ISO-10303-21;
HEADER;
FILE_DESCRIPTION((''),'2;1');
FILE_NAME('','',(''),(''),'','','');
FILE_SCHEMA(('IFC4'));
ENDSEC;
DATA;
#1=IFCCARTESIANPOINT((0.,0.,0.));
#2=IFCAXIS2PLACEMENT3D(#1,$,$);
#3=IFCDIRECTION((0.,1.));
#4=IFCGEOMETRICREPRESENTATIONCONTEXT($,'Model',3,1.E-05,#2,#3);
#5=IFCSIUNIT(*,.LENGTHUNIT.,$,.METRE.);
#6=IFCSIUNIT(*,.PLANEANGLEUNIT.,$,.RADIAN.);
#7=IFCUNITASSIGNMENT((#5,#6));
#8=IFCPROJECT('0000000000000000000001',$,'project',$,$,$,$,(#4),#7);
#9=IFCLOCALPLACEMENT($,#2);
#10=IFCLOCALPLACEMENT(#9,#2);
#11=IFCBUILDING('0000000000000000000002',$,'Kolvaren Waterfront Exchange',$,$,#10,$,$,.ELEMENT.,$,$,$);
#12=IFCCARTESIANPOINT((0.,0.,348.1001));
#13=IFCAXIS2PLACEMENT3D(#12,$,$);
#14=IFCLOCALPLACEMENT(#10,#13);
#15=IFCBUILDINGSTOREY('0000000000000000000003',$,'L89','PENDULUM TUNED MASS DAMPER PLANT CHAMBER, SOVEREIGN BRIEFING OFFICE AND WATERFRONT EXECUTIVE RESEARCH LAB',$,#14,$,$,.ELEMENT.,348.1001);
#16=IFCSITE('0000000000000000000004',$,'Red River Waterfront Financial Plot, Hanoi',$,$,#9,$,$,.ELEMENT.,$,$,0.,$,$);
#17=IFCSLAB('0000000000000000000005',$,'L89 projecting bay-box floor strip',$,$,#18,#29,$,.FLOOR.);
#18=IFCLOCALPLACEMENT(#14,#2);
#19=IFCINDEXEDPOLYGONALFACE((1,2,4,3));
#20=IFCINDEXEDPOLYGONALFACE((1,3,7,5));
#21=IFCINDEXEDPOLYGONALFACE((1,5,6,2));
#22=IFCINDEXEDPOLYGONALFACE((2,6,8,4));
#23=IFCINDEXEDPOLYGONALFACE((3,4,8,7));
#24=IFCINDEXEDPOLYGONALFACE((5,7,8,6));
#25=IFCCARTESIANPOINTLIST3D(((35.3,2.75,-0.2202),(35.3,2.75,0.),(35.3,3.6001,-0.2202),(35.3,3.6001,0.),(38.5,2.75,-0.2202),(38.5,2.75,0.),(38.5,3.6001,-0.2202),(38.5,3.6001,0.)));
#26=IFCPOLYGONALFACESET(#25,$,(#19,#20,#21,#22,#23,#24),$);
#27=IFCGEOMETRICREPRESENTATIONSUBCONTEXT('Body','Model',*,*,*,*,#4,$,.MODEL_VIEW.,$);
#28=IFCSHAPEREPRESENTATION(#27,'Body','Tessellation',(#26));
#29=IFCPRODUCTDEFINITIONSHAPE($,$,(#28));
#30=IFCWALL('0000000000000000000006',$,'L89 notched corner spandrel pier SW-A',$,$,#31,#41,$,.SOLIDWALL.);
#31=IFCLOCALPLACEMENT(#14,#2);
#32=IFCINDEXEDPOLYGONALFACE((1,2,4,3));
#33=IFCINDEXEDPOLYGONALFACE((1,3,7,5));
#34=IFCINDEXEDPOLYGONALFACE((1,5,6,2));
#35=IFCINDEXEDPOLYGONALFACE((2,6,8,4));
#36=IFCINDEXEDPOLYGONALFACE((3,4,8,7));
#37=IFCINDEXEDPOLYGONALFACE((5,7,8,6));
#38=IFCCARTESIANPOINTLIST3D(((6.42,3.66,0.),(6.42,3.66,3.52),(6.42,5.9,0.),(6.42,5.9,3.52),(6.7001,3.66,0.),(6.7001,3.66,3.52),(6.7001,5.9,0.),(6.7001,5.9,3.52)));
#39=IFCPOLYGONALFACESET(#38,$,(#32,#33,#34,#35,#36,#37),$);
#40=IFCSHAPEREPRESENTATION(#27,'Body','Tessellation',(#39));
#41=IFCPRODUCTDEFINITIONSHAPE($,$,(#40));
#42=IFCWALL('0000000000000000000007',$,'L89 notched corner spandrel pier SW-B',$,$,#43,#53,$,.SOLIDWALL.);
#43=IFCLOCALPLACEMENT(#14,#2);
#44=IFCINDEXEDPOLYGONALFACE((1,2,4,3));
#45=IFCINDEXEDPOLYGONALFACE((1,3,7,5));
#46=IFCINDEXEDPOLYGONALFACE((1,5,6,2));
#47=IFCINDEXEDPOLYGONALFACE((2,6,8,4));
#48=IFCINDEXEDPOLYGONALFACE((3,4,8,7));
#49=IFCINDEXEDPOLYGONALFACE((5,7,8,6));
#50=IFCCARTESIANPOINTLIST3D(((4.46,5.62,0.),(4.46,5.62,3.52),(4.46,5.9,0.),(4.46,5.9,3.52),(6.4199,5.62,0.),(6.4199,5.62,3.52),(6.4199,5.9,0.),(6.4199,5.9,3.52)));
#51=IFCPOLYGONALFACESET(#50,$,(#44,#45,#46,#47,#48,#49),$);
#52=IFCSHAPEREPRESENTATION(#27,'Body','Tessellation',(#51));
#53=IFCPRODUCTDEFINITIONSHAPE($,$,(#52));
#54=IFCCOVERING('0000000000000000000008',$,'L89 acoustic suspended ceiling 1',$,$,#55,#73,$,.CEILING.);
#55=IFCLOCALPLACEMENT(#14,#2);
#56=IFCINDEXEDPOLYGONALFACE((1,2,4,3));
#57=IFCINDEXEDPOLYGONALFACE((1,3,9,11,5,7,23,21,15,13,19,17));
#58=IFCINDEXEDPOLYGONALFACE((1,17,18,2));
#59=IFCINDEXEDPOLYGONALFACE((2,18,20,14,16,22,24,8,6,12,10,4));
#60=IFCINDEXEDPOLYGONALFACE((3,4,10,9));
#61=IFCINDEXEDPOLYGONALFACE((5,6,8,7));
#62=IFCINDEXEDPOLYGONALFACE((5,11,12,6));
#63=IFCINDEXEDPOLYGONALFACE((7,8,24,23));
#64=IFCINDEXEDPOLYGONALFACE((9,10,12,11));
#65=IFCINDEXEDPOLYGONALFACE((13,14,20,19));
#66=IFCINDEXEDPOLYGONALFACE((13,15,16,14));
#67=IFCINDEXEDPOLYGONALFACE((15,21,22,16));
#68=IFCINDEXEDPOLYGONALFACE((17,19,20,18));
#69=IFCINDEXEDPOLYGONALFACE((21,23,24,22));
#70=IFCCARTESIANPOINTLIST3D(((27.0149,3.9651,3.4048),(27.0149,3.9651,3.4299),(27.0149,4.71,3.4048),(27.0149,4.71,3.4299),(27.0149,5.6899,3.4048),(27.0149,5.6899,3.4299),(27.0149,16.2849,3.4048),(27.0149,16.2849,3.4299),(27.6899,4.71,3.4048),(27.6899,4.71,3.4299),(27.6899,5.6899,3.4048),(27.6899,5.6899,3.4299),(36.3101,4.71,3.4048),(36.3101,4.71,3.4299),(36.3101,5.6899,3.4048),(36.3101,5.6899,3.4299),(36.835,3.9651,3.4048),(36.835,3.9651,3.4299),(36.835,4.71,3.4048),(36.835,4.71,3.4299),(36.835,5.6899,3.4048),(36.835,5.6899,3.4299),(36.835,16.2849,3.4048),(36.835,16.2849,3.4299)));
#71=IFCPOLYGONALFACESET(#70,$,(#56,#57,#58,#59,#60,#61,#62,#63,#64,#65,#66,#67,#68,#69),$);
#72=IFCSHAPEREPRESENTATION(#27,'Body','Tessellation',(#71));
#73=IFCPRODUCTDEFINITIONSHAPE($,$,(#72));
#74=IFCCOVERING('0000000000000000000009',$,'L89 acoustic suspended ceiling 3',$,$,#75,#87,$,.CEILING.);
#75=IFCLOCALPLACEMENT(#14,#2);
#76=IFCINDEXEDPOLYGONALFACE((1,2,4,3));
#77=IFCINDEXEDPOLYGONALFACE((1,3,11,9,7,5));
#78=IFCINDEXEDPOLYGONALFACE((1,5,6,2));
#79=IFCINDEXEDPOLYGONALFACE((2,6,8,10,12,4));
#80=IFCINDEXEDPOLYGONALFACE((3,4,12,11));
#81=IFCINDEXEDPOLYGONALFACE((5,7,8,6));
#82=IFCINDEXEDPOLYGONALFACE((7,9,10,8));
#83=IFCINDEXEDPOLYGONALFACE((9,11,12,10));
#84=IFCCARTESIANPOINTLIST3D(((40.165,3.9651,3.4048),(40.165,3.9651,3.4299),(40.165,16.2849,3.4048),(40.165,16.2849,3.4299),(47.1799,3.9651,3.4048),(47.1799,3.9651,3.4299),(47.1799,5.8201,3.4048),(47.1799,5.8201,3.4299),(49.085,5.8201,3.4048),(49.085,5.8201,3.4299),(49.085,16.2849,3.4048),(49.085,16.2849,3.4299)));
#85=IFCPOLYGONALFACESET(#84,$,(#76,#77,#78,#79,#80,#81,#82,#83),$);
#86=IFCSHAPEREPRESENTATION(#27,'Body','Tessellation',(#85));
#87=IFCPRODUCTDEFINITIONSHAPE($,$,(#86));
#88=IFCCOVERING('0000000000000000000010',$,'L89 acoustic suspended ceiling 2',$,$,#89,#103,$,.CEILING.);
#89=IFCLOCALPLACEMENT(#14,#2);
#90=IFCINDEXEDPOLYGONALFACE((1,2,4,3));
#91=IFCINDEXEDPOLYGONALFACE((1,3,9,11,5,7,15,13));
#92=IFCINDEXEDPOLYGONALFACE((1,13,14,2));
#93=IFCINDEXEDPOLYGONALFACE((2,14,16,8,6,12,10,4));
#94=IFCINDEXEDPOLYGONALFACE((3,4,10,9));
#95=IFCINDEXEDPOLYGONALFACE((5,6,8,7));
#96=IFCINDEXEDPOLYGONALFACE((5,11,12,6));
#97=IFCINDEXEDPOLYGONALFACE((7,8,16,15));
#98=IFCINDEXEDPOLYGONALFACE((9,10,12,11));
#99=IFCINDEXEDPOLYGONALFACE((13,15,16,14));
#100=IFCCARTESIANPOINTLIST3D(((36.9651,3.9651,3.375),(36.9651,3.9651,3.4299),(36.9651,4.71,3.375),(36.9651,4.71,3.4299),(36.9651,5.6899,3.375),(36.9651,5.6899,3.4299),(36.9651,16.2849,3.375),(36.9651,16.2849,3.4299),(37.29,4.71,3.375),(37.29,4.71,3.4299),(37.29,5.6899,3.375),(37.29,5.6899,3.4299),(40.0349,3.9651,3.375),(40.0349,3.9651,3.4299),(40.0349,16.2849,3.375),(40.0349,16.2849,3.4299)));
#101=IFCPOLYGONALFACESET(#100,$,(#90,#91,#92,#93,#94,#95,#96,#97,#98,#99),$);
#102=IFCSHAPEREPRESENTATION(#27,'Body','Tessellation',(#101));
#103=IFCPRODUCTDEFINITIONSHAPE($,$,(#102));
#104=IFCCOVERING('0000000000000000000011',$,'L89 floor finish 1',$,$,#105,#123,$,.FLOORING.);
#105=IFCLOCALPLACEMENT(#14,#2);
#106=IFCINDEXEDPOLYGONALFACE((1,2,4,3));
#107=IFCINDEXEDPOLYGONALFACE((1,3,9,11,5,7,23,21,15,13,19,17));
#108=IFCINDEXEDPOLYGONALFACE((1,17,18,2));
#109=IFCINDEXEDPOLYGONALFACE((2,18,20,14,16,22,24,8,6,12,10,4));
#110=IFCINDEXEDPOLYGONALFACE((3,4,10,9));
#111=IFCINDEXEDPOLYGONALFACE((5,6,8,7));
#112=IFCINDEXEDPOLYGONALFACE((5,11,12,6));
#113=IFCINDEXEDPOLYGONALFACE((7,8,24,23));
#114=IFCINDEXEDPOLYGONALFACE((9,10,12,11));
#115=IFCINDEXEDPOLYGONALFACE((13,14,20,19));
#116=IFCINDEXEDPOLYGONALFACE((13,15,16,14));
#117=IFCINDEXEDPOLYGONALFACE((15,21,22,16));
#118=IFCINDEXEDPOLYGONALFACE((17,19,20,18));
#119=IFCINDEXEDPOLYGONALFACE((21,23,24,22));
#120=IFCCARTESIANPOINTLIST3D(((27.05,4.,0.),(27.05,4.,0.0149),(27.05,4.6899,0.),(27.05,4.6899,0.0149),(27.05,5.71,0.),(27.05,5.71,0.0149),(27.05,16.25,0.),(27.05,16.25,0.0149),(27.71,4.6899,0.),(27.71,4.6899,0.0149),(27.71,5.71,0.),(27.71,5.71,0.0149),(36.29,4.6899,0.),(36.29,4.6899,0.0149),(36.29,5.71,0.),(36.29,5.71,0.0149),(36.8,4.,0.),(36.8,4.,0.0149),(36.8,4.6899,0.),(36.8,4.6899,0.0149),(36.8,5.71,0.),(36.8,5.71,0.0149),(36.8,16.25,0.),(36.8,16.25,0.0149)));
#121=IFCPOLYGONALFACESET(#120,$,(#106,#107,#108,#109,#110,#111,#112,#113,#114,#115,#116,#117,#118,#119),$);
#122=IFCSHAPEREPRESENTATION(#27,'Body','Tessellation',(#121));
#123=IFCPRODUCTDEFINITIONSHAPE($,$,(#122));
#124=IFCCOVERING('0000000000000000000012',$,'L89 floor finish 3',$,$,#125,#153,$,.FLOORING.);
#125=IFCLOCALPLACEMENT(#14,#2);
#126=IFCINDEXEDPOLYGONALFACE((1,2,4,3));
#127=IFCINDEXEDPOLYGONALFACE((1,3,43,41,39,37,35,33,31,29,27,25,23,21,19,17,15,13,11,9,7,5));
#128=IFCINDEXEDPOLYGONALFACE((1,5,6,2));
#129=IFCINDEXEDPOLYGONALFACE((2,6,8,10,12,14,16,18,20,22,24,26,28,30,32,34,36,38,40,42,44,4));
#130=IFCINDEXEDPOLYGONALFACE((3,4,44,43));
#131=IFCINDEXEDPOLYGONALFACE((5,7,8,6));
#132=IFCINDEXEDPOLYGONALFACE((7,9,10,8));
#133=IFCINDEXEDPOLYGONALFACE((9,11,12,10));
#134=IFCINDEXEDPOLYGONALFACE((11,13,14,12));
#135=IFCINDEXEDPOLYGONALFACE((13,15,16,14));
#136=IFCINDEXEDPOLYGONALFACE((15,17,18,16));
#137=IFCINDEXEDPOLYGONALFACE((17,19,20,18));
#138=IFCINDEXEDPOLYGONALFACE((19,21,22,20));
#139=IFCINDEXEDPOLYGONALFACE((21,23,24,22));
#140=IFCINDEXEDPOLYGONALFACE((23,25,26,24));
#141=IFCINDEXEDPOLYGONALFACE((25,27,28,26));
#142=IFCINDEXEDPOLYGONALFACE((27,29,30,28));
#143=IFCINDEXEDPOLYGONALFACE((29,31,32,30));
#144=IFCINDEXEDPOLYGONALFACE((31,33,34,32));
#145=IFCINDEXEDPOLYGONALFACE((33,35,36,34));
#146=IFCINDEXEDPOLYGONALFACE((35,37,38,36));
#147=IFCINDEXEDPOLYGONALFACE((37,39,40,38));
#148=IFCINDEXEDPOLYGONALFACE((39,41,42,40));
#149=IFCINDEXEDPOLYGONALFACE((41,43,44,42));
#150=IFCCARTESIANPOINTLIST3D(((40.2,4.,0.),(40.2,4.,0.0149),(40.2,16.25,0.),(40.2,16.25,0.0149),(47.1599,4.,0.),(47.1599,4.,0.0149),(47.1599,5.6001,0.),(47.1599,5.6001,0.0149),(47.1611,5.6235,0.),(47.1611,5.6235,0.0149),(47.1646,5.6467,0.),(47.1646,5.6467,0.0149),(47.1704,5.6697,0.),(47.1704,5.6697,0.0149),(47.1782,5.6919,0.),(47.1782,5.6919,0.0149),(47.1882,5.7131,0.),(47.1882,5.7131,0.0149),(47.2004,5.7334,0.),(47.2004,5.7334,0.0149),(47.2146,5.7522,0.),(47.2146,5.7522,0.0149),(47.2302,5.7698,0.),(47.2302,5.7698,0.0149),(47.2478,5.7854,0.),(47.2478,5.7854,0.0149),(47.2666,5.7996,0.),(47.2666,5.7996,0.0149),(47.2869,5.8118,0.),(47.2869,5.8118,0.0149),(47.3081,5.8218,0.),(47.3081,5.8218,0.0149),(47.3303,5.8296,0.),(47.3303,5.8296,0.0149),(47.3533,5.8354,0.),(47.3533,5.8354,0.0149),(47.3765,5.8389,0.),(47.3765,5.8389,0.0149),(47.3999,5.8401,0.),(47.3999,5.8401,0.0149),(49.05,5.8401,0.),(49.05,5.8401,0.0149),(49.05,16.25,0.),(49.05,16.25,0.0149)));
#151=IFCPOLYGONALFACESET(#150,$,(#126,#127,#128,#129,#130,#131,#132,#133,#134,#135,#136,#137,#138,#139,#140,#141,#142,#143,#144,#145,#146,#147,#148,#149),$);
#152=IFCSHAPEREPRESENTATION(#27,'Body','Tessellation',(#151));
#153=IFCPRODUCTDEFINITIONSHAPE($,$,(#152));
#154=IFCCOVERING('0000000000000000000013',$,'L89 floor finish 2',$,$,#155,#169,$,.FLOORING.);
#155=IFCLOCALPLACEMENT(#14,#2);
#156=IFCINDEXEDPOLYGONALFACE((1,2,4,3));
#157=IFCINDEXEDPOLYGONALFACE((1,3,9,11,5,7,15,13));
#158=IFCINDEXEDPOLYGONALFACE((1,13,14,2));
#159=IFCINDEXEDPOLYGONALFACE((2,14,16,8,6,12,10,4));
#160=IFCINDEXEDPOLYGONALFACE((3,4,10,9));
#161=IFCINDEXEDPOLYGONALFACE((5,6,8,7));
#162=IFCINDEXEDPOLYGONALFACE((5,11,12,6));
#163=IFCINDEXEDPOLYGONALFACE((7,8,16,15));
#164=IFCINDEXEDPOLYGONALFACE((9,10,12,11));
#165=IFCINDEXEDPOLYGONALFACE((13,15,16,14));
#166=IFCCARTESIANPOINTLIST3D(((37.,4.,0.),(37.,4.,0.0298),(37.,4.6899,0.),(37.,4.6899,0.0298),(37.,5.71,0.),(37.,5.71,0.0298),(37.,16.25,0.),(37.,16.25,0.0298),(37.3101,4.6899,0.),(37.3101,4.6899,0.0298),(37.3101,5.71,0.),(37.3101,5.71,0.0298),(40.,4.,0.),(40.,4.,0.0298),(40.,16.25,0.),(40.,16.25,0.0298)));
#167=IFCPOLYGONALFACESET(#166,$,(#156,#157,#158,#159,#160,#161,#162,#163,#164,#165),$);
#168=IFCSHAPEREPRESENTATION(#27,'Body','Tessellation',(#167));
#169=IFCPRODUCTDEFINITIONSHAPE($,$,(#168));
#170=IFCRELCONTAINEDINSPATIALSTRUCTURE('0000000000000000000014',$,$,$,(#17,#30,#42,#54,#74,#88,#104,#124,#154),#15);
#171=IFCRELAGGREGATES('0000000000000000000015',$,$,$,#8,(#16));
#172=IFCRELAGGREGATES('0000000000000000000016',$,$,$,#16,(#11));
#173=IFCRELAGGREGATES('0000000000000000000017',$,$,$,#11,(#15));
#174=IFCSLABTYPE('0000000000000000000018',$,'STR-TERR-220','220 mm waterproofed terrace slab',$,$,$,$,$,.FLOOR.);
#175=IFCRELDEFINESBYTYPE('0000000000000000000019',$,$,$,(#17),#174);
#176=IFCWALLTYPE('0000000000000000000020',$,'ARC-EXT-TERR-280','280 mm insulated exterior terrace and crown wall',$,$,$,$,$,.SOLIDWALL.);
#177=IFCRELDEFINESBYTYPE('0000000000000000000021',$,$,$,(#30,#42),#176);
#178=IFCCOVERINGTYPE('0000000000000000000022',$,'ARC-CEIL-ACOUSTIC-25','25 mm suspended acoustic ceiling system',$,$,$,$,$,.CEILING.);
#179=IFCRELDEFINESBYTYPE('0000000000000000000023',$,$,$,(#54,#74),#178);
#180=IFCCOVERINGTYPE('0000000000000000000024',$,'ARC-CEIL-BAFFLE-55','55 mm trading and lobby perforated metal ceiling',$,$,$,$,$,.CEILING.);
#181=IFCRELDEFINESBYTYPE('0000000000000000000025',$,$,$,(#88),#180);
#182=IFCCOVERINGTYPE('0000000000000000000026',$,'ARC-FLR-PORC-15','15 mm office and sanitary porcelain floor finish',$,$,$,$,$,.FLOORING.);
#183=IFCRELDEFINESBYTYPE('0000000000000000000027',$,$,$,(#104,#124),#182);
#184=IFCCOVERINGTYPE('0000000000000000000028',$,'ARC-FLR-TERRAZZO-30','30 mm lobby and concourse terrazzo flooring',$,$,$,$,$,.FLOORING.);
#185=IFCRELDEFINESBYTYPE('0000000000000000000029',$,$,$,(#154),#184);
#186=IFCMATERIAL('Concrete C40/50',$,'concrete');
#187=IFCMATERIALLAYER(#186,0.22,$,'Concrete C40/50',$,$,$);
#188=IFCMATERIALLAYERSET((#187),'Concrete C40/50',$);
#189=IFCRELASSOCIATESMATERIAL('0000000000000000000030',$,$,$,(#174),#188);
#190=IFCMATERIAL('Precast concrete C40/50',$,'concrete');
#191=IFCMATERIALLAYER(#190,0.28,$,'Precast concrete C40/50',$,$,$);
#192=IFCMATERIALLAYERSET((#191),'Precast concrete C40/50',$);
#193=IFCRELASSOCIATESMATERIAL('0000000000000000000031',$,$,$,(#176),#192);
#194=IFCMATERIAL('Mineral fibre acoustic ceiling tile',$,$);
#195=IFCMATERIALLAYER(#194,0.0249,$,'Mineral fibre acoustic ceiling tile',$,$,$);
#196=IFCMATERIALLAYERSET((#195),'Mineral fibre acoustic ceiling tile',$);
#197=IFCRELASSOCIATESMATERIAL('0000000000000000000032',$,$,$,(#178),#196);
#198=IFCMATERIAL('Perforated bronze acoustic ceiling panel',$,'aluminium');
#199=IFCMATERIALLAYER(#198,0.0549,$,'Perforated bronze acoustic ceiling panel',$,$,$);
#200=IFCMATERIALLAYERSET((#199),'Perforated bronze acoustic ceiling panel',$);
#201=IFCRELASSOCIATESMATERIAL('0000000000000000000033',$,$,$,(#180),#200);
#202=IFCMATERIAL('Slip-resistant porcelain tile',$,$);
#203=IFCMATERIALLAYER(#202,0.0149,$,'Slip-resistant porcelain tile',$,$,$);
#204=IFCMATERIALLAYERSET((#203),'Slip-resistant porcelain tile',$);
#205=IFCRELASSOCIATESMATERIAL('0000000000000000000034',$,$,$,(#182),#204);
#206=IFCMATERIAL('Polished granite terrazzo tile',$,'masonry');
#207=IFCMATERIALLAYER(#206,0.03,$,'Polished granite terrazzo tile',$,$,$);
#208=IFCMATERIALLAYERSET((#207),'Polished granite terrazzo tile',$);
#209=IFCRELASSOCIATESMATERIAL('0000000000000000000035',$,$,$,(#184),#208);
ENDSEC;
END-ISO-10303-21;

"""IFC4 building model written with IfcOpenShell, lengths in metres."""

from ifc_helpers import new_model, si_unit, direction, frame, frame_2d, origin, place, context, subcontext, project, spatial, polyline, rectangle, outline, extrude, material, layer, layer_set, type_object, element, save


model = new_model("IFC4")

# Units and contexts
model_context = context("Model", 3, precision=1e-05, world=origin(), true_north=direction((0.0, 1.0)))
body_context = subcontext(model_context, "Body", "Model", "MODEL_VIEW")
ifc_project = project(units=[si_unit("LENGTHUNIT", "METRE"), si_unit("PLANEANGLEUNIT", "RADIAN")], contexts=[model_context])

# Site, building, storey
site_placement = place(None, origin())
site = spatial("IfcSite", under=ifc_project, at=site_placement, Name="Red River Waterfront Financial Plot, Hanoi", CompositionType="ELEMENT", RefElevation=0.0)
building_placement = place(site_placement, origin())
building = spatial("IfcBuilding", under=site, at=building_placement, Name="Kolvaren Waterfront Exchange", CompositionType="ELEMENT")
storey_placement = place(building_placement, frame((0.0, 0.0, 348.1001)))
storey = spatial("IfcBuildingStorey", under=building, at=storey_placement, Name="L89", Description="PENDULUM TUNED MASS DAMPER PLANT CHAMBER, SOVEREIGN BRIEFING OFFICE AND WATERFRONT EXECUTIVE RESEARCH LAB", CompositionType="ELEMENT", Elevation=348.1001)

# Shared definitions
ifc_material_1 = material(Name="Concrete C40/50", Category="concrete")

# Slab
ifc_layer_1 = layer(ifc_material_1, 0.22, Name="Concrete C40/50")
ifc_layer_set_1 = layer_set([ifc_layer_1], Name="Concrete C40/50")
slab_type_1 = type_object("IfcSlabType", Name="STR-TERR-220", Description="220 mm waterproofed terrace slab", PredefinedType="FLOOR", material=ifc_layer_set_1)
slab_1_placement = place(storey_placement, frame((0.0, 0.0, -0.2202)))
element("IfcSlab", 1, at=slab_1_placement, inside=storey, type_object=slab_type_1, Name="L89 projecting bay-box floor strip", PredefinedType="FLOOR", context=body_context, shape_type="SweptSolid", body=[
    extrude(outline(polyline([(35.3, 2.75), (38.5, 2.75), (38.5, 3.6001), (35.3, 3.6001), (35.3, 2.75)])), origin(), (0.0, 0.0, 1.0), 0.2202),
])

# Walls
ifc_material_2 = material(Name="Precast concrete C40/50", Category="concrete")
ifc_layer_2 = layer(ifc_material_2, 0.28, Name="Precast concrete C40/50")
ifc_layer_set_2 = layer_set([ifc_layer_2], Name="Precast concrete C40/50")
wall_type = type_object("IfcWallType", Name="ARC-EXT-TERR-280", Description="280 mm insulated exterior terrace and crown wall", PredefinedType="SOLIDWALL", material=ifc_layer_set_2)
wall_1_placement = place(storey_placement, frame((6.5601, 3.6599, 0.0), z_axis=(0.0, 0.0, 1.0), x_axis=(0.0, 1.0, 0.0)))
element("IfcWall", 2, at=wall_1_placement, inside=storey, type_object=wall_type, Name="L89 notched corner spandrel pier SW-A", PredefinedType="SOLIDWALL", context=body_context, shape_type="SweptSolid", body=[
    extrude(rectangle(XDim=2.24, YDim=0.28, at=frame_2d((1.1201, 0.0))), origin(), (0.0, 0.0, 1.0), 3.52),
])
wall_2_placement = place(storey_placement, frame((4.46, 5.76, 0.0), z_axis=(0.0, 0.0, 1.0), x_axis=(1.0, 0.0, 0.0)))
element("IfcWall", 3, at=wall_2_placement, inside=storey, type_object=wall_type, Name="L89 notched corner spandrel pier SW-B", PredefinedType="SOLIDWALL", context=body_context, shape_type="SweptSolid", body=[
    extrude(rectangle(XDim=1.96, YDim=0.28, at=frame_2d((0.98, 0.0))), origin(), (0.0, 0.0, 1.0), 3.52),
])

# Coverings
ifc_material_3 = material(Name="Mineral fibre acoustic ceiling tile")
ifc_layer_3 = layer(ifc_material_3, 0.0249, Name="Mineral fibre acoustic ceiling tile")
ifc_layer_set_3 = layer_set([ifc_layer_3], Name="Mineral fibre acoustic ceiling tile")
covering_type_1 = type_object("IfcCoveringType", Name="ARC-CEIL-ACOUSTIC-25", Description="25 mm suspended acoustic ceiling system", PredefinedType="CEILING", material=ifc_layer_set_3)
covering_1_placement = place(storey_placement, frame((0.0, 0.0, 3.4048)))
element("IfcCovering", 4, at=covering_1_placement, inside=storey, type_object=covering_type_1, Name="L89 acoustic suspended ceiling 1", PredefinedType="CEILING", context=body_context, shape_type="SweptSolid", body=[
    extrude(outline(polyline([(27.0149, 5.6899), (27.6899, 5.6899), (27.6899, 4.71), (27.0149, 4.71), (27.0149, 3.9651), (36.835, 3.9651), (36.835, 4.71), (36.3101, 4.71), (36.3101, 5.6899), (36.835, 5.6899), (36.835, 16.2849), (27.0149, 16.2849), (27.0149, 5.6899)])), origin(), (0.0, 0.0, 1.0), 0.0251),
])
covering_2_placement = place(storey_placement, frame((0.0, 0.0, 3.4048)))
element("IfcCovering", 5, at=covering_2_placement, inside=storey, type_object=covering_type_1, Name="L89 acoustic suspended ceiling 3", PredefinedType="CEILING", context=body_context, shape_type="SweptSolid", body=[
    extrude(outline(polyline([(49.085, 5.8201), (49.085, 16.2849), (40.165, 16.2849), (40.165, 3.9651), (47.1799, 3.9651), (47.1799, 5.8201), (49.085, 5.8201)])), origin(), (0.0, 0.0, 1.0), 0.0251),
])
ifc_material_4 = material(Name="Perforated bronze acoustic ceiling panel", Category="aluminium")
ifc_layer_4 = layer(ifc_material_4, 0.0549, Name="Perforated bronze acoustic ceiling panel")
ifc_layer_set_4 = layer_set([ifc_layer_4], Name="Perforated bronze acoustic ceiling panel")
covering_type_2 = type_object("IfcCoveringType", Name="ARC-CEIL-BAFFLE-55", Description="55 mm trading and lobby perforated metal ceiling", PredefinedType="CEILING", material=ifc_layer_set_4)
covering_3_placement = place(storey_placement, frame((0.0, 0.0, 3.375)))
element("IfcCovering", 6, at=covering_3_placement, inside=storey, type_object=covering_type_2, Name="L89 acoustic suspended ceiling 2", PredefinedType="CEILING", context=body_context, shape_type="SweptSolid", body=[
    extrude(outline(polyline([(36.9651, 5.6899), (37.29, 5.6899), (37.29, 4.71), (36.9651, 4.71), (36.9651, 3.9651), (40.0349, 3.9651), (40.0349, 16.2849), (36.9651, 16.2849), (36.9651, 5.6899)])), origin(), (0.0, 0.0, 1.0), 0.0549),
])
ifc_material_5 = material(Name="Slip-resistant porcelain tile")
ifc_layer_5 = layer(ifc_material_5, 0.0149, Name="Slip-resistant porcelain tile")
ifc_layer_set_5 = layer_set([ifc_layer_5], Name="Slip-resistant porcelain tile")
covering_type_3 = type_object("IfcCoveringType", Name="ARC-FLR-PORC-15", Description="15 mm office and sanitary porcelain floor finish", PredefinedType="FLOORING", material=ifc_layer_set_5)
covering_4_placement = place(storey_placement, origin())
element("IfcCovering", 7, at=covering_4_placement, inside=storey, type_object=covering_type_3, Name="L89 floor finish 1", PredefinedType="FLOORING", context=body_context, shape_type="SweptSolid", body=[
    extrude(outline(polyline([(27.05, 4.6899), (27.05, 4.0), (36.8, 4.0), (36.8, 4.6899), (36.29, 4.6899), (36.29, 5.71), (36.8, 5.71), (36.8, 16.25), (27.05, 16.25), (27.05, 5.71), (27.71, 5.71), (27.71, 4.6899), (27.05, 4.6899)])), origin(), (0.0, 0.0, 1.0), 0.0149),
])
covering_5_placement = place(storey_placement, origin())
element("IfcCovering", 8, at=covering_5_placement, inside=storey, type_object=covering_type_3, Name="L89 floor finish 3", PredefinedType="FLOORING", context=body_context, shape_type="SweptSolid", body=[
    extrude(outline(polyline([(40.2, 16.25), (40.2, 4.0), (47.1599, 4.0), (47.1599, 5.6001), (47.1611, 5.6235), (47.1646, 5.6467), (47.1704, 5.6697), (47.1782, 5.6919), (47.1882, 5.7131), (47.2004, 5.7334), (47.2146, 5.7522), (47.2302, 5.7698), (47.2478, 5.7854), (47.2666, 5.7996), (47.2869, 5.8118), (47.3081, 5.8218), (47.3303, 5.8296), (47.3533, 5.8354), (47.3765, 5.8389), (47.3999, 5.8401), (49.05, 5.8401), (49.05, 16.25), (40.2, 16.25)])), origin(), (0.0, 0.0, 1.0), 0.0149),
])
ifc_material_6 = material(Name="Polished granite terrazzo tile", Category="masonry")
ifc_layer_6 = layer(ifc_material_6, 0.03, Name="Polished granite terrazzo tile")
ifc_layer_set_6 = layer_set([ifc_layer_6], Name="Polished granite terrazzo tile")
covering_type_4 = type_object("IfcCoveringType", Name="ARC-FLR-TERRAZZO-30", Description="30 mm lobby and concourse terrazzo flooring", PredefinedType="FLOORING", material=ifc_layer_set_6)
covering_6_placement = place(storey_placement, origin())
element("IfcCovering", 9, at=covering_6_placement, inside=storey, type_object=covering_type_4, Name="L89 floor finish 2", PredefinedType="FLOORING", context=body_context, shape_type="SweptSolid", body=[
    extrude(outline(polyline([(37.0, 4.6899), (37.0, 4.0), (40.0, 4.0), (40.0, 16.25), (37.0, 16.25), (37.0, 5.71), (37.3101, 5.71), (37.3101, 4.6899), (37.0, 4.6899)])), origin(), (0.0, 0.0, 1.0), 0.0298),
])

save(model, "model.ifc")
